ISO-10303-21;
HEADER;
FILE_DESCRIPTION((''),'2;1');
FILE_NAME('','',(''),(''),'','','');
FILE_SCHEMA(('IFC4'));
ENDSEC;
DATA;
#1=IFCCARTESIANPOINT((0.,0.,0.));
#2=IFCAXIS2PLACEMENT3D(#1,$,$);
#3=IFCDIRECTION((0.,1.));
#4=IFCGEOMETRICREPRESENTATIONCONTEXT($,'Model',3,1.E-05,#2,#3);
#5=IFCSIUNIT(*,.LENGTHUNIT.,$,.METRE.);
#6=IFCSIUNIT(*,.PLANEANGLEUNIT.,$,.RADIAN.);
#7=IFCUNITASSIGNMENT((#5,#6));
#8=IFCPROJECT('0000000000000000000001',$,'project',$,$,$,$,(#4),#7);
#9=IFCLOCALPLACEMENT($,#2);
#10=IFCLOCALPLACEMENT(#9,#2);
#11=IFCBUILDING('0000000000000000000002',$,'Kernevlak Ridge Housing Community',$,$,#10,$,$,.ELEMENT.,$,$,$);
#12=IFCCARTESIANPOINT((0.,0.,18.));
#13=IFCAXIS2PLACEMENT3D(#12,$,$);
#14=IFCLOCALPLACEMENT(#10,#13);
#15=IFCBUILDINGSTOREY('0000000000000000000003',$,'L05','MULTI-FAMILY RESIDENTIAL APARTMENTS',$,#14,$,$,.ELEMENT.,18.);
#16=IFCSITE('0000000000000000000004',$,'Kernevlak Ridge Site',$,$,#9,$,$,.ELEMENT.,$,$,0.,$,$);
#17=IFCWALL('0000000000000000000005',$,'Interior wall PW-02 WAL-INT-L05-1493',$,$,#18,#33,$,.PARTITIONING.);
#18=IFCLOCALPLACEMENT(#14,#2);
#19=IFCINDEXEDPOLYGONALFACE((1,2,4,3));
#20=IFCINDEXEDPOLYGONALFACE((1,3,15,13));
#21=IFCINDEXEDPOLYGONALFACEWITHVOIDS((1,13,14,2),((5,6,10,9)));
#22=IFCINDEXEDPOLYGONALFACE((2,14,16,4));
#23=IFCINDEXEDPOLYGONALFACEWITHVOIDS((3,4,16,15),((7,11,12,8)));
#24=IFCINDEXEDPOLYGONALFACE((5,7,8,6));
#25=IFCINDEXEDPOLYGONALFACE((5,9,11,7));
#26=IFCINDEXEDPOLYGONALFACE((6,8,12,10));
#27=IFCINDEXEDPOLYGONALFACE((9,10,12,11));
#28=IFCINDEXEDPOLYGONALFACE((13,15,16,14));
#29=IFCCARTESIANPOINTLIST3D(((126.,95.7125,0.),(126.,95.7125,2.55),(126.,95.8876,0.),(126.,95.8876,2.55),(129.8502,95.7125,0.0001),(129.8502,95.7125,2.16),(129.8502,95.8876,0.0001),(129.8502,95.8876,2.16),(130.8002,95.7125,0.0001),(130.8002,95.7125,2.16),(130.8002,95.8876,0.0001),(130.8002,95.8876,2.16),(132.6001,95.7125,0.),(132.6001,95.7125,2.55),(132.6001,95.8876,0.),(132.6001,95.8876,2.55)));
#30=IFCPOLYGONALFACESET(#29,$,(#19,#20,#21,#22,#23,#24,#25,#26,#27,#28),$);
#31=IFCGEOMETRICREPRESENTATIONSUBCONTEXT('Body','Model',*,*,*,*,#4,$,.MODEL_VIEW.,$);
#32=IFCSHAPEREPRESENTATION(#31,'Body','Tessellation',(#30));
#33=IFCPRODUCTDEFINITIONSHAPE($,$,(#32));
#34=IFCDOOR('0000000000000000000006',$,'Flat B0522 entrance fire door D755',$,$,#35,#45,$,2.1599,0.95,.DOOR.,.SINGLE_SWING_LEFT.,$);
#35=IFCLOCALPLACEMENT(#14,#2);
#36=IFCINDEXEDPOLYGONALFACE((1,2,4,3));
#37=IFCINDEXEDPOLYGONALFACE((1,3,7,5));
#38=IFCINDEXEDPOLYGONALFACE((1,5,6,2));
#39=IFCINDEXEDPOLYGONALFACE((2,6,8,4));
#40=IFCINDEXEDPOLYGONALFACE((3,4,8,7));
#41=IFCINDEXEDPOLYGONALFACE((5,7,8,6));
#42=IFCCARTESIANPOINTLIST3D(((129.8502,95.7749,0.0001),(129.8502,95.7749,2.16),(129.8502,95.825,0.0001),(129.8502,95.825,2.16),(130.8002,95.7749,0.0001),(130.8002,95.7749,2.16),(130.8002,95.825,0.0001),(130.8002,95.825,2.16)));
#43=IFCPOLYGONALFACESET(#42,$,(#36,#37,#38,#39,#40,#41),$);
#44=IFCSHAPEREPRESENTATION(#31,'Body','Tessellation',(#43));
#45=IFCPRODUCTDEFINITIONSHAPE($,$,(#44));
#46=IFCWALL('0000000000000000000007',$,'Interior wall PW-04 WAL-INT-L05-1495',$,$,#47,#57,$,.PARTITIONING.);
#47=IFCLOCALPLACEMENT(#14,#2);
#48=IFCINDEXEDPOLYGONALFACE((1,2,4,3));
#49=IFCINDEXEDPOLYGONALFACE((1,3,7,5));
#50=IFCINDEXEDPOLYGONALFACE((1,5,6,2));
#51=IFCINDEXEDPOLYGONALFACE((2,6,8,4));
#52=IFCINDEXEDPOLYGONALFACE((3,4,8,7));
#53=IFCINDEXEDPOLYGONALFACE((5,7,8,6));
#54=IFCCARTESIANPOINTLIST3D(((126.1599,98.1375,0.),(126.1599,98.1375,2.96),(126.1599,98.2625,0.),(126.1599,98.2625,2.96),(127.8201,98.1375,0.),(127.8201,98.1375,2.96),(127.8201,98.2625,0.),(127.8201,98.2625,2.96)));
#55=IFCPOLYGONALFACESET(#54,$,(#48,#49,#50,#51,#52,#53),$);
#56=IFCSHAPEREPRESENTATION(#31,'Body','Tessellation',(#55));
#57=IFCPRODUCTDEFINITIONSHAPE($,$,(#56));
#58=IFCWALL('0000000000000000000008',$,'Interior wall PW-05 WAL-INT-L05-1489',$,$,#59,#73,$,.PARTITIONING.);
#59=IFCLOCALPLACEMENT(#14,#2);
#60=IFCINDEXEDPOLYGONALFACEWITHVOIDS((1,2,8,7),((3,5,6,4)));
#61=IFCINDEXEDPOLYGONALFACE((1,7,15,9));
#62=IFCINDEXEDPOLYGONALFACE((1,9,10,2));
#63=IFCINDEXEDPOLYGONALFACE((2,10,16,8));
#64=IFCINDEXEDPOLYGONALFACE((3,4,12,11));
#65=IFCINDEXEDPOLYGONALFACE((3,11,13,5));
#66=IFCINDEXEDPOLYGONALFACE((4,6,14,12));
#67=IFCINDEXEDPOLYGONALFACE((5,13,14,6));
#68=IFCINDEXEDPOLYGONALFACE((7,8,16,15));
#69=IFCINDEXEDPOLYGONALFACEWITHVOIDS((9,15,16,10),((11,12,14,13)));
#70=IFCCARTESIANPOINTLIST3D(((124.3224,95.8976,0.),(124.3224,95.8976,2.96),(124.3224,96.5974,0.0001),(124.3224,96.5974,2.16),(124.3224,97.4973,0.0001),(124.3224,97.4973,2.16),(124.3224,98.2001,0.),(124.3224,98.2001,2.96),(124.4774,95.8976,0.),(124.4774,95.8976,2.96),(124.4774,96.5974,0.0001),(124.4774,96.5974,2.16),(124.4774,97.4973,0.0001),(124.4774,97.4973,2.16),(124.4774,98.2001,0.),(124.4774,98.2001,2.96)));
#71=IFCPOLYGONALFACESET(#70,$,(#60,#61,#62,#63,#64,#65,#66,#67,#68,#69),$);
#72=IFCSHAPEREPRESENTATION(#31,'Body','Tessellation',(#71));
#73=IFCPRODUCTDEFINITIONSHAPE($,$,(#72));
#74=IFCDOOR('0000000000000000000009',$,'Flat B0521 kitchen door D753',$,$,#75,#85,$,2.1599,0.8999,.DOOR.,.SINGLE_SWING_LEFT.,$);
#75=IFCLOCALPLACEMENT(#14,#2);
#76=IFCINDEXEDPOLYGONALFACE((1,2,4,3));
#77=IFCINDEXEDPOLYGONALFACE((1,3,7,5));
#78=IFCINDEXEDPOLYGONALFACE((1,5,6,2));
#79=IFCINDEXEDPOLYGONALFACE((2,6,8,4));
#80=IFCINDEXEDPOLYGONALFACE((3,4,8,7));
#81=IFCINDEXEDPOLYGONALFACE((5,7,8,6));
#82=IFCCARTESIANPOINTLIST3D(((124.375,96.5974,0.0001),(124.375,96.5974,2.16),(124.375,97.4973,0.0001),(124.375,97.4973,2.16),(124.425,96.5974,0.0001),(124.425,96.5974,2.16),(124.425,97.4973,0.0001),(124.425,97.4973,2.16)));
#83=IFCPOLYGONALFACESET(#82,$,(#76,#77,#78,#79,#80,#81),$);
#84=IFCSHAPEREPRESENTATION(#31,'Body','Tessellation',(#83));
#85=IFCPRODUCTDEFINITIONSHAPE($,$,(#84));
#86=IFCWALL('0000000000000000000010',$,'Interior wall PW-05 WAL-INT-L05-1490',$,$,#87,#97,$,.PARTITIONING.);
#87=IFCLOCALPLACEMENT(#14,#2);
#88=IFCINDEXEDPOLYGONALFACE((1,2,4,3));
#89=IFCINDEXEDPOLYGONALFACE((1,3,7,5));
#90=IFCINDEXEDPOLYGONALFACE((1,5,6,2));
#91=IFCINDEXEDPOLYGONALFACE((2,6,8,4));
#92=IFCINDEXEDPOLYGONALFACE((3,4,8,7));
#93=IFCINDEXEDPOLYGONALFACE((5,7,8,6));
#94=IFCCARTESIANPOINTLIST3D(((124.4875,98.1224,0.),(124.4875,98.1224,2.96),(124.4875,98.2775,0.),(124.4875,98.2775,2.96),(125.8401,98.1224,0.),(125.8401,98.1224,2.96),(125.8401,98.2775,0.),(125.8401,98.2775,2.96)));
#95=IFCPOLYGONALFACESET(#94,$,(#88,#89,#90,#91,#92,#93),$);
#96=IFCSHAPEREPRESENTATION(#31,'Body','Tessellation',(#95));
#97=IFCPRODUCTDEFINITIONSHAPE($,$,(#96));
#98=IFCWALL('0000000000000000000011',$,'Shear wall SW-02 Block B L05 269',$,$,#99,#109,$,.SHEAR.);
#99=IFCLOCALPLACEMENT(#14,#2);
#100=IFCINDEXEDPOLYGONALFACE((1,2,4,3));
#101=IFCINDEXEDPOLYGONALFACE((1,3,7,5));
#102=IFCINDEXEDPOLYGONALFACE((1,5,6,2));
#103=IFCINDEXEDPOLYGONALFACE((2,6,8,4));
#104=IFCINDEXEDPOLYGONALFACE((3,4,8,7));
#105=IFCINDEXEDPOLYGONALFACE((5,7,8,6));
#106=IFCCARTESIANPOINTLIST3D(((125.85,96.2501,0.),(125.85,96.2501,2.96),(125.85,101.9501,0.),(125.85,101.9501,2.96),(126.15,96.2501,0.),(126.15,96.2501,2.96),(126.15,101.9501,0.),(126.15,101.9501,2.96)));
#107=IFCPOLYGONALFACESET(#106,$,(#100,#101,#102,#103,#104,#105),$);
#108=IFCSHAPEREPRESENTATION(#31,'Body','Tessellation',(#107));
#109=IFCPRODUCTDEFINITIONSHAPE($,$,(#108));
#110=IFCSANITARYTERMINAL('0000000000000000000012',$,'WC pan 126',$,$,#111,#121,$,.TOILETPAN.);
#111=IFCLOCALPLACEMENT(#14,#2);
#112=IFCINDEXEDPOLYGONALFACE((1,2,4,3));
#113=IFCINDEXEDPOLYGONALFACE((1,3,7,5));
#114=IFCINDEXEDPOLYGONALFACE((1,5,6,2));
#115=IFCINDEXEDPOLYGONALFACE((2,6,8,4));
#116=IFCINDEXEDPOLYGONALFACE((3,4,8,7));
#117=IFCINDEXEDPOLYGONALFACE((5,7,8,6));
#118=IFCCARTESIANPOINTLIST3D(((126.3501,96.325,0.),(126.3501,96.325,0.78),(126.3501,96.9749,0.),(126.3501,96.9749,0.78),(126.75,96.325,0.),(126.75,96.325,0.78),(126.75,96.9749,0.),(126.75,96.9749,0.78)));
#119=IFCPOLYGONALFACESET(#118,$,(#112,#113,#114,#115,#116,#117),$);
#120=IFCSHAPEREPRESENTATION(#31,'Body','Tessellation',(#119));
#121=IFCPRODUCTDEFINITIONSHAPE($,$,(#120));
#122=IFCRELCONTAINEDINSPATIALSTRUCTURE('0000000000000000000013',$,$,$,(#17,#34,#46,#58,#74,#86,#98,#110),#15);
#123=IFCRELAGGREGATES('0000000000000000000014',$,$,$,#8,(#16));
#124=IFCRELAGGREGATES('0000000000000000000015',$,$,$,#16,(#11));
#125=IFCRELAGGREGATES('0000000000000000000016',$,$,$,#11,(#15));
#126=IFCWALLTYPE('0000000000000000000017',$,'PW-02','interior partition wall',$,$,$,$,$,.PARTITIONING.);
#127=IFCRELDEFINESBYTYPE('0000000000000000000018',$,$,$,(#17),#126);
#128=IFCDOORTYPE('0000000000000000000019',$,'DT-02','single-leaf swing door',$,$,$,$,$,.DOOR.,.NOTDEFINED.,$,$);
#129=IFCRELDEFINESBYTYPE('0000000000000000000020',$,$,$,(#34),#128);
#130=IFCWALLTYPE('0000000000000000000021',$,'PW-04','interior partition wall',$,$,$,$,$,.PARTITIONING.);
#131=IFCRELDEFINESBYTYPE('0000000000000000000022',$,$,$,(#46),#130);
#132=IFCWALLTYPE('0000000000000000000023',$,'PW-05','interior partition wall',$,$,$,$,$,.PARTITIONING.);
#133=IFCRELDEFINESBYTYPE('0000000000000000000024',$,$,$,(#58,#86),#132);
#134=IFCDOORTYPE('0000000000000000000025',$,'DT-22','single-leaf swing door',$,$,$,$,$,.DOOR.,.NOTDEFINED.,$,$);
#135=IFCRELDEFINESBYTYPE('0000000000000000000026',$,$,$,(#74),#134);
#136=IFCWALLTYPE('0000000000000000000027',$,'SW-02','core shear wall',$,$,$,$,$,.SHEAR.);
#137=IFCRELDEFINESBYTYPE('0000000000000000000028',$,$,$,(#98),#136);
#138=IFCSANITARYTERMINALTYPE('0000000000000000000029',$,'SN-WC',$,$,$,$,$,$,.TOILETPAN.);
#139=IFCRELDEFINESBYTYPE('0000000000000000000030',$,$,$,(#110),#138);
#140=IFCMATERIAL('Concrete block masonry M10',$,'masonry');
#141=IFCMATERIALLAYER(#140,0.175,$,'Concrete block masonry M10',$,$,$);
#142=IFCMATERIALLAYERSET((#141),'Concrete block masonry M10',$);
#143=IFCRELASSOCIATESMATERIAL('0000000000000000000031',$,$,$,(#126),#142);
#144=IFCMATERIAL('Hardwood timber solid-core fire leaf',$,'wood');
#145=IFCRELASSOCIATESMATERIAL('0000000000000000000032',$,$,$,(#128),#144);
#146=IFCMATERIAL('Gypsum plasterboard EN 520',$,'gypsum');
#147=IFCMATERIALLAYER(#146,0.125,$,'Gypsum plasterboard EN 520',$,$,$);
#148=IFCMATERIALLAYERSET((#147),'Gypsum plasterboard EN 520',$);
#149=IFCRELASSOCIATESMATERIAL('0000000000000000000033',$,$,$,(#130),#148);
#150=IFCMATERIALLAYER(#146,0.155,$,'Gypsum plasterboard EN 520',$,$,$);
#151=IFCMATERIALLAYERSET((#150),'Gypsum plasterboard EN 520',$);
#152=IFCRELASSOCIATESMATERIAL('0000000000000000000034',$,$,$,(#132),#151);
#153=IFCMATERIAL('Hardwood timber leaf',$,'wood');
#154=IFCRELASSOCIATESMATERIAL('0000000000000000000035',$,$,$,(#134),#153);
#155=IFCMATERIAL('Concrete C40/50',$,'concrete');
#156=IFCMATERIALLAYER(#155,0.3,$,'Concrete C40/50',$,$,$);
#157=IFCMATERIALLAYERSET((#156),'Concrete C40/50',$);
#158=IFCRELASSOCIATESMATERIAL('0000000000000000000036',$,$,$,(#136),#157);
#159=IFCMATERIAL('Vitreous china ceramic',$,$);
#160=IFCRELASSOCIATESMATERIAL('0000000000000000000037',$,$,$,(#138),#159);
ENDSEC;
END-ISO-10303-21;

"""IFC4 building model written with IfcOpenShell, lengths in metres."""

from ifc_helpers import new_model, si_unit, direction, frame, frame_2d, origin, origin_2d, place, context, subcontext, project, spatial, rectangle, extrude, material, layer, layer_set, type_object, element, fill, save


model = new_model("IFC4")

# Units and contexts
model_context = context("Model", 3, precision=1e-05, world=origin(), true_north=direction((0.0, 1.0)))
body_context = subcontext(model_context, "Body", "Model", "MODEL_VIEW")
ifc_project = project(units=[si_unit("LENGTHUNIT", "METRE"), si_unit("PLANEANGLEUNIT", "RADIAN")], contexts=[model_context])

# Site, building, storey
site_placement = place(None, origin())
site = spatial("IfcSite", under=ifc_project, at=site_placement, Name="Kernevlak Ridge Site", CompositionType="ELEMENT", RefElevation=0.0)
building_placement = place(site_placement, origin())
building = spatial("IfcBuilding", under=site, at=building_placement, Name="Kernevlak Ridge Housing Community", CompositionType="ELEMENT")
storey_placement = place(building_placement, frame((0.0, 0.0, 18.0)))
storey = spatial("IfcBuildingStorey", under=building, at=storey_placement, Name="L05", Description="MULTI-FAMILY RESIDENTIAL APARTMENTS", CompositionType="ELEMENT", Elevation=18.0)

# Shared definitions
ifc_material_1 = material(Name="Concrete C40/50", Category="concrete")

# Shared definitions
ifc_material_2 = material(Name="Concrete block masonry M10", Category="masonry")

# Wall, opening, door
ifc_layer_1 = layer(ifc_material_2, 0.175, Name="Concrete block masonry M10")
ifc_layer_set_1 = layer_set([ifc_layer_1], Name="Concrete block masonry M10")
wall_type_1 = type_object("IfcWallType", Name="PW-02", Description="interior partition wall", PredefinedType="PARTITIONING", material=ifc_layer_set_1)
ifc_material_3 = material(Name="Hardwood timber solid-core fire leaf", Category="wood")
door_type_1 = type_object("IfcDoorType", Name="DT-02", Description="single-leaf swing door", OperationType="NOTDEFINED", PredefinedType="DOOR", material=ifc_material_3)
wall_1_placement = place(storey_placement, frame((126.0, 95.8, 0.0), z_axis=(0.0, 0.0, 1.0), x_axis=(1.0, 0.0, 0.0)))
wall_1 = element("IfcWall", 1, at=wall_1_placement, inside=storey, type_object=wall_type_1, Name="Interior wall PW-02 WAL-INT-L05-1493", PredefinedType="PARTITIONING", context=body_context, shape_type="SweptSolid", body=[
    extrude(rectangle(XDim=6.6001, YDim=0.175, at=frame_2d((3.3, 0.0))), origin(), (0.0, 0.0, 1.0), 2.55),
])
opening_1_placement = place(wall_1_placement, frame((3.8501, 0.0, 0.0)))
opening_1 = element("IfcOpeningElement", 2, at=opening_1_placement, cuts=wall_1, PredefinedType="OPENING", context=body_context, shape_type="SweptSolid", body=[
    extrude(rectangle(XDim=0.95, YDim=2.1599, at=frame_2d((0.4751, 1.0801))), frame((0.0, 0.0974, 0.0), z_axis=(0.0, -1.0, 0.0), x_axis=(1.0, 0.0, 0.0)), (0.0, 0.0, 1.0), 0.1951),
])
door_1_placement = place(opening_1_placement, origin())
door_1 = element("IfcDoor", 3, at=door_1_placement, inside=storey, type_object=door_type_1, Name="Flat B0522 entrance fire door D755", OperationType="SINGLE_SWING_LEFT", OverallHeight=2.1599, OverallWidth=0.95, PredefinedType="DOOR", context=body_context, shape_type="SweptSolid", body=[
    extrude(rectangle(XDim=0.95, YDim=2.1599, at=frame_2d((0.4751, 1.0801))), frame((0.0, 0.0249, 0.0), z_axis=(0.0, -1.0, 0.0), x_axis=(1.0, 0.0, 0.0)), (0.0, 0.0, 1.0), 0.05),
])
fill(opening_1, door_1)

# Wall
ifc_material_4 = material(Name="Gypsum plasterboard EN 520", Category="gypsum")
ifc_layer_2 = layer(ifc_material_4, 0.125, Name="Gypsum plasterboard EN 520")
ifc_layer_set_2 = layer_set([ifc_layer_2], Name="Gypsum plasterboard EN 520")
wall_type_2 = type_object("IfcWallType", Name="PW-04", Description="interior partition wall", PredefinedType="PARTITIONING", material=ifc_layer_set_2)
wall_2_placement = place(storey_placement, frame((126.1599, 98.2, 0.0), z_axis=(0.0, 0.0, 1.0), x_axis=(1.0, 0.0, 0.0)))
element("IfcWall", 4, at=wall_2_placement, inside=storey, type_object=wall_type_2, Name="Interior wall PW-04 WAL-INT-L05-1495", PredefinedType="PARTITIONING", context=body_context, shape_type="SweptSolid", body=[
    extrude(rectangle(XDim=1.6602, YDim=0.125, at=frame_2d((0.8301, 0.0))), origin(), (0.0, 0.0, 1.0), 2.96),
])

# Wall, opening, door
ifc_layer_3 = layer(ifc_material_4, 0.155, Name="Gypsum plasterboard EN 520")
ifc_layer_set_3 = layer_set([ifc_layer_3], Name="Gypsum plasterboard EN 520")
wall_type_3 = type_object("IfcWallType", Name="PW-05", Description="interior partition wall", PredefinedType="PARTITIONING", material=ifc_layer_set_3)
wall_3_placement = place(storey_placement, frame((124.3999, 95.8975, 0.0), z_axis=(0.0, 0.0, 1.0), x_axis=(0.0, 1.0, 0.0)))
wall_3 = element("IfcWall", 5, at=wall_3_placement, inside=storey, type_object=wall_type_3, Name="Interior wall PW-05 WAL-INT-L05-1489", PredefinedType="PARTITIONING", context=body_context, shape_type="SweptSolid", body=[
    extrude(rectangle(XDim=2.3025, YDim=0.155, at=frame_2d((1.1514, 0.0))), origin(), (0.0, 0.0, 1.0), 2.96),
])
opening_2_placement = place(wall_3_placement, frame((0.7, 0.0, 0.0)))
opening_2 = element("IfcOpeningElement", 6, at=opening_2_placement, cuts=wall_3, PredefinedType="OPENING", context=body_context, shape_type="SweptSolid", body=[
    extrude(rectangle(XDim=0.8999, YDim=2.1599, at=frame_2d((0.45, 1.0801))), frame((0.0, 0.0874, 0.0), z_axis=(0.0, -1.0, 0.0), x_axis=(1.0, 0.0, 0.0)), (0.0, 0.0, 1.0), 0.175),
])
ifc_material_5 = material(Name="Hardwood timber leaf", Category="wood")
door_type_2 = type_object("IfcDoorType", Name="DT-22", Description="single-leaf swing door", OperationType="NOTDEFINED", PredefinedType="DOOR", material=ifc_material_5)
door_2_placement = place(opening_2_placement, origin())
door_2 = element("IfcDoor", 7, at=door_2_placement, inside=storey, type_object=door_type_2, Name="Flat B0521 kitchen door D753", OperationType="SINGLE_SWING_LEFT", OverallHeight=2.1599, OverallWidth=0.8999, PredefinedType="DOOR", context=body_context, shape_type="SweptSolid", body=[
    extrude(rectangle(XDim=0.8999, YDim=2.1599, at=frame_2d((0.45, 1.0801))), frame((0.0, 0.0249, 0.0), z_axis=(0.0, -1.0, 0.0), x_axis=(1.0, 0.0, 0.0)), (0.0, 0.0, 1.0), 0.05),
])
fill(opening_2, door_2)

# Walls
wall_4_placement = place(storey_placement, frame((124.4875, 98.2, 0.0), z_axis=(0.0, 0.0, 1.0), x_axis=(1.0, 0.0, 0.0)))
element("IfcWall", 8, at=wall_4_placement, inside=storey, type_object=wall_type_3, Name="Interior wall PW-05 WAL-INT-L05-1490", PredefinedType="PARTITIONING", context=body_context, shape_type="SweptSolid", body=[
    extrude(rectangle(XDim=1.3525, YDim=0.155, at=frame_2d((0.6763, 0.0))), origin(), (0.0, 0.0, 1.0), 2.96),
])
ifc_layer_4 = layer(ifc_material_1, 0.3, Name="Concrete C40/50")
ifc_layer_set_4 = layer_set([ifc_layer_4], Name="Concrete C40/50")
wall_type_4 = type_object("IfcWallType", Name="SW-02", Description="core shear wall", PredefinedType="SHEAR", material=ifc_layer_set_4)
wall_5_placement = place(storey_placement, frame((126.0, 96.25, 0.0), z_axis=(0.0, 0.0, 1.0), x_axis=(0.0, 1.0, 0.0)))
element("IfcWall", 9, at=wall_5_placement, inside=storey, type_object=wall_type_4, Name="Shear wall SW-02 Block B L05 269", PredefinedType="SHEAR", context=body_context, shape_type="SweptSolid", body=[
    extrude(rectangle(XDim=5.7, YDim=0.3, at=frame_2d((2.8501, 0.0))), origin(), (0.0, 0.0, 1.0), 2.96),
])

# Sanitary terminal
ifc_material_6 = material(Name="Vitreous china ceramic")
sanitary_terminal_type = type_object("IfcSanitaryTerminalType", Name="SN-WC", PredefinedType="TOILETPAN", material=ifc_material_6)
sanitary_terminal_placement = place(storey_placement, frame((126.55, 96.6499, 0.0), z_axis=(0.0, 0.0, 1.0), x_axis=(1.0, 0.0, 0.0)))
element("IfcSanitaryTerminal", 10, at=sanitary_terminal_placement, inside=storey, type_object=sanitary_terminal_type, Name="WC pan 126", PredefinedType="TOILETPAN", context=body_context, shape_type="SweptSolid", body=[
    extrude(rectangle(XDim=0.3999, YDim=0.6499, at=origin_2d()), origin(), (0.0, 0.0, 1.0), 0.78),
])

save(model, "model.ifc")
